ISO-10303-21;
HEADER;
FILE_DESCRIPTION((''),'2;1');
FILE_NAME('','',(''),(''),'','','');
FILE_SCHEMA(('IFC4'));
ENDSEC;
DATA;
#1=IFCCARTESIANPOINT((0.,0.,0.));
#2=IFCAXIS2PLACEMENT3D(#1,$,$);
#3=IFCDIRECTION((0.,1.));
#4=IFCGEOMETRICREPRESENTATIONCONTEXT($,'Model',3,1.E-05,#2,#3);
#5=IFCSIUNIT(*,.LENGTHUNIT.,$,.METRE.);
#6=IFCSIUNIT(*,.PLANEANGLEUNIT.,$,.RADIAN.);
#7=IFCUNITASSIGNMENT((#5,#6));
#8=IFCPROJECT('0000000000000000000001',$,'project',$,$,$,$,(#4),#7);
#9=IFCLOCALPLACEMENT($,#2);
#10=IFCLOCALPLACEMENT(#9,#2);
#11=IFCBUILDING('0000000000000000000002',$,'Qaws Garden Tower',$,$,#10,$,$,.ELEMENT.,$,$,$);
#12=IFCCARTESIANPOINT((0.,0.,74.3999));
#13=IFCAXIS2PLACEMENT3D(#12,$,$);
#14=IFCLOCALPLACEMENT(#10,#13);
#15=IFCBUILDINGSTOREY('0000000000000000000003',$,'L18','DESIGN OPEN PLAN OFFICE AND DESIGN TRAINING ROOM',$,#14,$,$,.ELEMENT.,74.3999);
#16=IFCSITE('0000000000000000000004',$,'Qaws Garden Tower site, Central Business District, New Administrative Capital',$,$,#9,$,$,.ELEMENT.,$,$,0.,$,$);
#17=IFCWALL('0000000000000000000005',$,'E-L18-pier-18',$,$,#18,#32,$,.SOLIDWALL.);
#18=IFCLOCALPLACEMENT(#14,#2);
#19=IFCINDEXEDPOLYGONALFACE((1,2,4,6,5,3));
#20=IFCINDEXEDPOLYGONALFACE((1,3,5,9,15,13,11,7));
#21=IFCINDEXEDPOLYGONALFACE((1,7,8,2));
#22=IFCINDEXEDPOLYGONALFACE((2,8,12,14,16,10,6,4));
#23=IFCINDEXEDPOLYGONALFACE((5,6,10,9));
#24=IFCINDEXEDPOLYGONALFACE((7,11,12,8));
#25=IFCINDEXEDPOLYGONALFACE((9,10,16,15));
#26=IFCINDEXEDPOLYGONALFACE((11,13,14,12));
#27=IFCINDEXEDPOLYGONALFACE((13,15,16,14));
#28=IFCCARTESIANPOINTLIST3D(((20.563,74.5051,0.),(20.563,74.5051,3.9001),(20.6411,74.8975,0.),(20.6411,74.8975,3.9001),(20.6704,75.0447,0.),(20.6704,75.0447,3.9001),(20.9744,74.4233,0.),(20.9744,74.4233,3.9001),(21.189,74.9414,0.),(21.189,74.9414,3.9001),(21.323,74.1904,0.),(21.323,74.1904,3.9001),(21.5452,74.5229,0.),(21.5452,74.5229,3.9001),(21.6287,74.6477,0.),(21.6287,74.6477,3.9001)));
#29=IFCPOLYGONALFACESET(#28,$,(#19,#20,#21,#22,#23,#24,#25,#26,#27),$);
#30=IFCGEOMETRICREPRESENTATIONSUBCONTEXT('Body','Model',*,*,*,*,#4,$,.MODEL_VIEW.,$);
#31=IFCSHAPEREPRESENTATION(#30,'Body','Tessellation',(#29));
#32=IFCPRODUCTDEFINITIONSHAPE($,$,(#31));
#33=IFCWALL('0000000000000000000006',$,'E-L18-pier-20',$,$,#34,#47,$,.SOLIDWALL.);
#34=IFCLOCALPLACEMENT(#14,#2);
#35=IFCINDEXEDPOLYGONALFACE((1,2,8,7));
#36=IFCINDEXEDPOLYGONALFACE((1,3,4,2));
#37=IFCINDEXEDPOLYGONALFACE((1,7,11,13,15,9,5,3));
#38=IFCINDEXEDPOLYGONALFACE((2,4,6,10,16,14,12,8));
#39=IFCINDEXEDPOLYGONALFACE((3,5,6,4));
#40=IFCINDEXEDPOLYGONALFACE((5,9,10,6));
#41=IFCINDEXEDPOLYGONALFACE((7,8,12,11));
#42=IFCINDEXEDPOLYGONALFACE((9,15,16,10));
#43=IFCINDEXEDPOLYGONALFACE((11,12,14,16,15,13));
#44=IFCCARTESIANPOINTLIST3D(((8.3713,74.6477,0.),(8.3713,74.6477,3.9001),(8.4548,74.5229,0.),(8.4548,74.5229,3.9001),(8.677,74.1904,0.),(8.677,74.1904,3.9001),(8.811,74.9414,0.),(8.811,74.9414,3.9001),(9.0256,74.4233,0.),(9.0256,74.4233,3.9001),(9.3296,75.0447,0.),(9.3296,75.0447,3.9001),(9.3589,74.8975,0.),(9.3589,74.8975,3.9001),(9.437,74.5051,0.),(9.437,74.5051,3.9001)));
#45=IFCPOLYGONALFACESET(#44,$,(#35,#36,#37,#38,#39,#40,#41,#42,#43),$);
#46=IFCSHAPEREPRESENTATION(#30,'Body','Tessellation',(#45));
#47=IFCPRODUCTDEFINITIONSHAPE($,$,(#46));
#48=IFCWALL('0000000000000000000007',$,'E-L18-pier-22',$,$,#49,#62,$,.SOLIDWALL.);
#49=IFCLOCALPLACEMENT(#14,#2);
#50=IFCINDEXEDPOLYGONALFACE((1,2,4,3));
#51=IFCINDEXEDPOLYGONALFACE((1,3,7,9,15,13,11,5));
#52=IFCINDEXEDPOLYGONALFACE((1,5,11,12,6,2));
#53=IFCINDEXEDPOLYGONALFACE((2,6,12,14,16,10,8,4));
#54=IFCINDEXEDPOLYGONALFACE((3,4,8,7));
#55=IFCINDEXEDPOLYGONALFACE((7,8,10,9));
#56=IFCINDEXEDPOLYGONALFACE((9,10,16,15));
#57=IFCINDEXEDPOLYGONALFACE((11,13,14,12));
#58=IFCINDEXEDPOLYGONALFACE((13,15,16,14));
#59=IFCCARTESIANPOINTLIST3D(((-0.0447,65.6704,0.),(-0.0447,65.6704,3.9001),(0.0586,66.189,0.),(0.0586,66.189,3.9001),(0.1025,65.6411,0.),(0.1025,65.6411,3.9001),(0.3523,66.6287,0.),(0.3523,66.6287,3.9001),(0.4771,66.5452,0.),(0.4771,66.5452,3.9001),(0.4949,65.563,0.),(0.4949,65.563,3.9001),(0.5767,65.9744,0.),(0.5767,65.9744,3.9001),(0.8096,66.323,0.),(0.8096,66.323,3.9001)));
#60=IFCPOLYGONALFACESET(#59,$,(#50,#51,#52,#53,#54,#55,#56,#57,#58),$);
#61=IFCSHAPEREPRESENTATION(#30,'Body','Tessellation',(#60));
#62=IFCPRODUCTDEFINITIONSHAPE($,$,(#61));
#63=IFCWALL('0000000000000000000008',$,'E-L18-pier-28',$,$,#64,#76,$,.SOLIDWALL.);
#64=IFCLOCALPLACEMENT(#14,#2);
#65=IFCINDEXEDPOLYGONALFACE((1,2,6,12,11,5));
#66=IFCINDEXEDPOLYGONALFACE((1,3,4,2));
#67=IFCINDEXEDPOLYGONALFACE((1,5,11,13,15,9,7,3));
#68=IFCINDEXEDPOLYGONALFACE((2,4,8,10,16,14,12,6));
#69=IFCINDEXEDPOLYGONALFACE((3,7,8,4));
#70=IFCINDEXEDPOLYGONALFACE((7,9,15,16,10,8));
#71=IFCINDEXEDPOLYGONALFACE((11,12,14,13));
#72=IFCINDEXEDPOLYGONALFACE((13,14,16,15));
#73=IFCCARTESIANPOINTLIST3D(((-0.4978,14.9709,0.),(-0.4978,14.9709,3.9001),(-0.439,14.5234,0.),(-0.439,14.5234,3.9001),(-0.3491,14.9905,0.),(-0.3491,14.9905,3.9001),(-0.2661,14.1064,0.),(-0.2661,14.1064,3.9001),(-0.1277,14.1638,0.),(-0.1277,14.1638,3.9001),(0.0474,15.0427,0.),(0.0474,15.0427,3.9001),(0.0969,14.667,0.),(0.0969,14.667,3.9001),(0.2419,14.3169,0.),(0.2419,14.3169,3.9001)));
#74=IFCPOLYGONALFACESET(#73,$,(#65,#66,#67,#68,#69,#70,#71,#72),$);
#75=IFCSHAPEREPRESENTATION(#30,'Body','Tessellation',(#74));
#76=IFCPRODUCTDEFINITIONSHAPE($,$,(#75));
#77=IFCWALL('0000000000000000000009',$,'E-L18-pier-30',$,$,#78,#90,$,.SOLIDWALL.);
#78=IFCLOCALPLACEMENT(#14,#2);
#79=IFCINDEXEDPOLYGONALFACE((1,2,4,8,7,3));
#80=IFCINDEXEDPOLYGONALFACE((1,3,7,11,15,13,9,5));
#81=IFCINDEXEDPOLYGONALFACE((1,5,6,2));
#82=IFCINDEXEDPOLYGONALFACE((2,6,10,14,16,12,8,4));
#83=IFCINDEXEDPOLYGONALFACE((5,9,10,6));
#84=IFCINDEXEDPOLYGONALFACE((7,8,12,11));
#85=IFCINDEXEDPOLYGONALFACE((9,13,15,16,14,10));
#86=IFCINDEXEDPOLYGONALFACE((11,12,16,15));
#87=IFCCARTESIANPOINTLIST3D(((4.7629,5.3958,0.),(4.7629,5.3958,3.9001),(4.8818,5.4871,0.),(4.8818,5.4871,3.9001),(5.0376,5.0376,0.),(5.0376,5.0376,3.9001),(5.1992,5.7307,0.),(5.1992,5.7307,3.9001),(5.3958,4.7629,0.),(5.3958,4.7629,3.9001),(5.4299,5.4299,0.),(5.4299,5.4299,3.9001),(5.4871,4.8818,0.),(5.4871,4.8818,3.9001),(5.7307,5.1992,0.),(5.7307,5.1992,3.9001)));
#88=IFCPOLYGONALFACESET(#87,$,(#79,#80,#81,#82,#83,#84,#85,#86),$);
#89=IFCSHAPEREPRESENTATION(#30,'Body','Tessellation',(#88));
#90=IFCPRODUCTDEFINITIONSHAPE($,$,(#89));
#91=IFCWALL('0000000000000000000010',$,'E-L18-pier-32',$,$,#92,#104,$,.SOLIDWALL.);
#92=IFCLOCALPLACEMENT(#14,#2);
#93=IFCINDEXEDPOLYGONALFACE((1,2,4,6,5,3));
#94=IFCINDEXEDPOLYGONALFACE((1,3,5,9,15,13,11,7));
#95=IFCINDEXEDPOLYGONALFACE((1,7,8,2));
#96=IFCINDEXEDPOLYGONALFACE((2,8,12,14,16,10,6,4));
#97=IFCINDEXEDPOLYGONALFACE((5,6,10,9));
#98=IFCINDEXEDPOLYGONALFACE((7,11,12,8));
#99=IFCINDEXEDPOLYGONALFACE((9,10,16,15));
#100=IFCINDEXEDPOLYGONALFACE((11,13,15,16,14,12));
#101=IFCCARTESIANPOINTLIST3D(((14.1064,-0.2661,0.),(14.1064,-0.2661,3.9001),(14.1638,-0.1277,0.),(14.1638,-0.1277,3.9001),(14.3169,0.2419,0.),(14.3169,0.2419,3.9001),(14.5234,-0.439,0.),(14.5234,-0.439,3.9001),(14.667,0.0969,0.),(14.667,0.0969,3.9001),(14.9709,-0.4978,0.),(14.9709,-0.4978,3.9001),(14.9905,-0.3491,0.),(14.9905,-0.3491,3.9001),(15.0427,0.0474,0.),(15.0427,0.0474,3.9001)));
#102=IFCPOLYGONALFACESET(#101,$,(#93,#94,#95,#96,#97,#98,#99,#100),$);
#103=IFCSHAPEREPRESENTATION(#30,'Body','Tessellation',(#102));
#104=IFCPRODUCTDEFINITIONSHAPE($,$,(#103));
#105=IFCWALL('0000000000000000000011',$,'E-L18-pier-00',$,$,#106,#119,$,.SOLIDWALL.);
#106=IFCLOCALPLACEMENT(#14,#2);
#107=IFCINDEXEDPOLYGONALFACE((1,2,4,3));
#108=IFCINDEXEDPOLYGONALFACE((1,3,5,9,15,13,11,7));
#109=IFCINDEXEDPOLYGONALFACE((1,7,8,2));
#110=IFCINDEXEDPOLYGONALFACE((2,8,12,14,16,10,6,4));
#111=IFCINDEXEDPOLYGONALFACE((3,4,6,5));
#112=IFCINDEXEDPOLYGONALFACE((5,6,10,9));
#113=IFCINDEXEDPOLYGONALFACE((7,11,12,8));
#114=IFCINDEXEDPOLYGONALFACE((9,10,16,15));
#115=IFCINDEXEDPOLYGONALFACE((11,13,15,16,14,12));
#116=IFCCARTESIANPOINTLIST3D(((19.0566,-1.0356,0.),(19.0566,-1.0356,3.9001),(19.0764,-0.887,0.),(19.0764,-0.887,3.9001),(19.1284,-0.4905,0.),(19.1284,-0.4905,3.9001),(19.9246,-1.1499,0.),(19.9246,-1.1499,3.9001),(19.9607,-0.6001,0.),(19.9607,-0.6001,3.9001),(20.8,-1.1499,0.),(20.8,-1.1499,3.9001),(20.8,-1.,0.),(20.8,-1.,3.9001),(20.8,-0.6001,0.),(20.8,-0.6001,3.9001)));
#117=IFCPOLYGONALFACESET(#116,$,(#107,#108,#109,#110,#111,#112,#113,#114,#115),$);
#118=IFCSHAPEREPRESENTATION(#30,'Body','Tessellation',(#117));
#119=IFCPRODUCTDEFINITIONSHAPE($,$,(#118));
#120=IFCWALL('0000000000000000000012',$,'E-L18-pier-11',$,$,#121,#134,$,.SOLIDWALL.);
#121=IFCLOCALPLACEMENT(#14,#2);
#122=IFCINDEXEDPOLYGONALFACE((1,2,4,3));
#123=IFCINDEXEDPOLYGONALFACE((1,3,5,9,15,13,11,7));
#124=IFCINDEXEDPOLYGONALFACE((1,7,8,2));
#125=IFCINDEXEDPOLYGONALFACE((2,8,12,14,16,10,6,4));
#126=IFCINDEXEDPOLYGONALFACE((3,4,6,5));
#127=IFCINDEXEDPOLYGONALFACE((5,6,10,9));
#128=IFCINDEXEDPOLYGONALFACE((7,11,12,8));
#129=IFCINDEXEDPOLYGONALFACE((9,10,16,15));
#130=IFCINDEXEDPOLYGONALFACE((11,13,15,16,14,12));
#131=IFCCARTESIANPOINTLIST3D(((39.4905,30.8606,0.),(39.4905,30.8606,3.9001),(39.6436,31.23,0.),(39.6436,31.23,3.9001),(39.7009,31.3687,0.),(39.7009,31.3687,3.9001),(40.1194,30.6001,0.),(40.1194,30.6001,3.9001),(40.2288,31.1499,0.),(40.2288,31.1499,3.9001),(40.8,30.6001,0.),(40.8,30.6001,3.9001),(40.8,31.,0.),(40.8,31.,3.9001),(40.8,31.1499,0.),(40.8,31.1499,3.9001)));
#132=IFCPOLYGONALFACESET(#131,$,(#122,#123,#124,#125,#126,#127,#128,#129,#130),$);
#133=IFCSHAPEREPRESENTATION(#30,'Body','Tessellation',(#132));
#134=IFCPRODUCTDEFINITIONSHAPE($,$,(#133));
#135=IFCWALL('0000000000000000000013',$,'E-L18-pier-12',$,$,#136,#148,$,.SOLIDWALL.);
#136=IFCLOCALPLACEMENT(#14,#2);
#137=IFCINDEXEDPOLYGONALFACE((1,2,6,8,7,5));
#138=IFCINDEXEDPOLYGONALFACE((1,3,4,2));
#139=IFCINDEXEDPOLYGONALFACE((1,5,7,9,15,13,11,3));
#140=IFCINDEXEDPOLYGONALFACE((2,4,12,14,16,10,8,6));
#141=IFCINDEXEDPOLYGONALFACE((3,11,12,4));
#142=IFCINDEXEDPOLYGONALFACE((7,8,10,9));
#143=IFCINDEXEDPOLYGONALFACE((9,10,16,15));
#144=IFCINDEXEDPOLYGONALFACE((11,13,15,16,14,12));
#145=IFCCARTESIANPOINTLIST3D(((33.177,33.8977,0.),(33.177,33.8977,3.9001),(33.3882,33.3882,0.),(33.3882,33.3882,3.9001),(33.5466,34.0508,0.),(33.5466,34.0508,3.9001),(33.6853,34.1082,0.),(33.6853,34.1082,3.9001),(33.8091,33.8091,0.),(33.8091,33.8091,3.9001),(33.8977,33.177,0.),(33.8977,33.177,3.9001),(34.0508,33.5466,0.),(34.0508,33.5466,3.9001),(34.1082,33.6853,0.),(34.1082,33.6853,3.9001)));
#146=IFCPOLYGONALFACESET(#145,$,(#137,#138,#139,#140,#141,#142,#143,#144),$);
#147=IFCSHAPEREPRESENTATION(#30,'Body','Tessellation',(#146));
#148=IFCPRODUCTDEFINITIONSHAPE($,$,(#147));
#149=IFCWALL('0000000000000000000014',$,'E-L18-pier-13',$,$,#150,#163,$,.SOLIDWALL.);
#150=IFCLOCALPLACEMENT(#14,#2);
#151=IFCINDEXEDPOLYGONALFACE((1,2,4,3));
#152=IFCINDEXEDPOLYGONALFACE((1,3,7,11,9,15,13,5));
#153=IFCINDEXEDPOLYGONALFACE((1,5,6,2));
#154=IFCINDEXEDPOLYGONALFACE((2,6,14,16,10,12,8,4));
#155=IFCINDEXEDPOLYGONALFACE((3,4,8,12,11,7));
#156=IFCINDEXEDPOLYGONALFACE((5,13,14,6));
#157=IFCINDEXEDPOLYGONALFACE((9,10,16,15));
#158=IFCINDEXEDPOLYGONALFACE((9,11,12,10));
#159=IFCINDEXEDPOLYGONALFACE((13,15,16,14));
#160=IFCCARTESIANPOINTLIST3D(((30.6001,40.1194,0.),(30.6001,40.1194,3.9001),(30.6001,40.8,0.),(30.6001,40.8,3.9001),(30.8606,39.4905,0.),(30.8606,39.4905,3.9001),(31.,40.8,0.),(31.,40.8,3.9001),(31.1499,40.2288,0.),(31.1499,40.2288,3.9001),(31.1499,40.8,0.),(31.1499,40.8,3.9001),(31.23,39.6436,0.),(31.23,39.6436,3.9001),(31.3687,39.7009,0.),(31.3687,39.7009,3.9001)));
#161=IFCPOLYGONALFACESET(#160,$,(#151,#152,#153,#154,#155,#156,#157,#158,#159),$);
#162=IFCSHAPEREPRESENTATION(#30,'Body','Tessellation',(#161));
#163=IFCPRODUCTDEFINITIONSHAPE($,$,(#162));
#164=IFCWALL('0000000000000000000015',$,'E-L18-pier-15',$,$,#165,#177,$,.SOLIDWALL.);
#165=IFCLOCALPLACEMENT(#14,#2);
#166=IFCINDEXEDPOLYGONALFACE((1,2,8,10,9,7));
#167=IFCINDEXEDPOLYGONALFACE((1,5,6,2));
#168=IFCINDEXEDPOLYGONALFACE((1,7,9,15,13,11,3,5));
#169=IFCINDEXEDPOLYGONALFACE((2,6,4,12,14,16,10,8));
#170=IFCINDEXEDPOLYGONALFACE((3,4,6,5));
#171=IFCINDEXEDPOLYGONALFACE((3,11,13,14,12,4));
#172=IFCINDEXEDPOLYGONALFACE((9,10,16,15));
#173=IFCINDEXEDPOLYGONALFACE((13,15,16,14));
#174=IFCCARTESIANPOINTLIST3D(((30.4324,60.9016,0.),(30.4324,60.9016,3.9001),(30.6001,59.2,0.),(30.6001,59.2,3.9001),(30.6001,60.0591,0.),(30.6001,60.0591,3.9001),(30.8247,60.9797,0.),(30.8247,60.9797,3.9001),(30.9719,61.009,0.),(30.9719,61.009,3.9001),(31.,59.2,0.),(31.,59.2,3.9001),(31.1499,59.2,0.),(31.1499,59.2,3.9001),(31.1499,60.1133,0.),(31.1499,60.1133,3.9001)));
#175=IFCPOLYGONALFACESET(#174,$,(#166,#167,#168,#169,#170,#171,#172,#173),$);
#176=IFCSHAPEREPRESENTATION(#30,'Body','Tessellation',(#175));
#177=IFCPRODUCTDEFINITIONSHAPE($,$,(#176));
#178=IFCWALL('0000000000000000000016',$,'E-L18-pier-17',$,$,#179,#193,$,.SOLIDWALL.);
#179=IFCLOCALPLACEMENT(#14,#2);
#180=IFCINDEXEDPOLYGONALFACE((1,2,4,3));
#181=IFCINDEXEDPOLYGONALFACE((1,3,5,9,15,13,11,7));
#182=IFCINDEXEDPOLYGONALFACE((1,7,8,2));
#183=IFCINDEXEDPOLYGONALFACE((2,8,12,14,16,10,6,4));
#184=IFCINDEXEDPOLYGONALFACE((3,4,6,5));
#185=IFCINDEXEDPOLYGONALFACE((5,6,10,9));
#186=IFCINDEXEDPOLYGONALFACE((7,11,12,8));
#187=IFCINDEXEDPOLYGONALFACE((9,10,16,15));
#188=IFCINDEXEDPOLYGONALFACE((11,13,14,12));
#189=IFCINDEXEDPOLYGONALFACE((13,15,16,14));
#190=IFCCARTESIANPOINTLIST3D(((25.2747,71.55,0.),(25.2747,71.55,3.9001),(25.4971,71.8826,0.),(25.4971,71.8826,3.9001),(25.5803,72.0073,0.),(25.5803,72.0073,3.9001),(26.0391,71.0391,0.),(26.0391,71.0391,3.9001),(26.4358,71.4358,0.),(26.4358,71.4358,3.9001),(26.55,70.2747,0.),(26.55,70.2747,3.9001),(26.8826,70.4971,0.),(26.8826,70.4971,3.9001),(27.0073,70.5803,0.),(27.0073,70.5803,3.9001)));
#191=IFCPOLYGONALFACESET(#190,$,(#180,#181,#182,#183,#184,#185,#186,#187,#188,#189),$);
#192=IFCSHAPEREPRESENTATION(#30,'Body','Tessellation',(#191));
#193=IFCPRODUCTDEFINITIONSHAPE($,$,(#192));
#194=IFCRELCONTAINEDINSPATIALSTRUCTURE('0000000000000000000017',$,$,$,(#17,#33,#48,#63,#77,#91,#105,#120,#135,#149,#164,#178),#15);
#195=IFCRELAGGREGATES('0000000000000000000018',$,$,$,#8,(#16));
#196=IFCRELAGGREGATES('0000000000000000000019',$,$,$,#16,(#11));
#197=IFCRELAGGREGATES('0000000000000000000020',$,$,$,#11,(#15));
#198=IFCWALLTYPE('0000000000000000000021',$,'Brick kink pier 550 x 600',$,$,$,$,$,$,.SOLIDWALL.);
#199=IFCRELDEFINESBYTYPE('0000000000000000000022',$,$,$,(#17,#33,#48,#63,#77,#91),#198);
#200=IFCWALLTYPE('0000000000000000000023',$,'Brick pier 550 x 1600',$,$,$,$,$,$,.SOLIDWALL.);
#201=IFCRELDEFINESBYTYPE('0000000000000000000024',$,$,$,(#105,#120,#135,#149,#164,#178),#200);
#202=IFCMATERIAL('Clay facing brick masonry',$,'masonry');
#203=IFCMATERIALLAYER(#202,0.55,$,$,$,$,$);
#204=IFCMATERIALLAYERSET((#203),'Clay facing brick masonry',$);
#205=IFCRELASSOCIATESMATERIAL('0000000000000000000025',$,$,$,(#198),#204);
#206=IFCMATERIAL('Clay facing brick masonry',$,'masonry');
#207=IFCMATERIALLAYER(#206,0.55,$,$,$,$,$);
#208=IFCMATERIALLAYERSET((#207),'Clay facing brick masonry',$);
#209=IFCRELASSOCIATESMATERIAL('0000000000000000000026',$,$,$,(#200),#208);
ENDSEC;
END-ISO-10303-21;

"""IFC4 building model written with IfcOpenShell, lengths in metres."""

from ifc_helpers import new_model, si_unit, direction, frame, origin, place, context, subcontext, project, spatial, polyline, outline, extrude, material, layer, layer_set, type_object, element, save


model = new_model("IFC4")

# Units and contexts
model_context = context("Model", 3, precision=1e-05, world=origin(), true_north=direction((0.0, 1.0)))
body_context = subcontext(model_context, "Body", "Model", "MODEL_VIEW")
ifc_project = project(units=[si_unit("LENGTHUNIT", "METRE"), si_unit("PLANEANGLEUNIT", "RADIAN")], contexts=[model_context])

# Site, building, storey
site_placement = place(None, origin())
site = spatial("IfcSite", under=ifc_project, at=site_placement, Name="Qaws Garden Tower site, Central Business District, New Administrative Capital", CompositionType="ELEMENT", RefElevation=0.0)
building_placement = place(site_placement, origin())
building = spatial("IfcBuilding", under=site, at=building_placement, Name="Qaws Garden Tower", CompositionType="ELEMENT")
storey_placement = place(building_placement, frame((0.0, 0.0, 74.3999)))
storey = spatial("IfcBuildingStorey", under=building, at=storey_placement, Name="L18", Description="DESIGN OPEN PLAN OFFICE AND DESIGN TRAINING ROOM", CompositionType="ELEMENT", Elevation=74.3999)

# Walls
placement = place(storey_placement, origin())
ifc_material_1 = material(Name="Clay facing brick masonry", Category="masonry")
ifc_layer_1 = layer(ifc_material_1, 0.55)
ifc_layer_set_1 = layer_set([ifc_layer_1], Name="Clay facing brick masonry")
wall_type_1 = type_object("IfcWallType", Name="Brick kink pier 550 x 600", PredefinedType="SOLIDWALL", material=ifc_layer_set_1)
element("IfcWall", 1, at=placement, inside=storey, type_object=wall_type_1, Name="E-L18-pier-18", PredefinedType="SOLIDWALL", context=body_context, shape_type="SweptSolid", body=[
    extrude(outline(polyline([(21.5452, 74.5229), (21.6287, 74.6477), (21.189, 74.9414), (20.6704, 75.0447), (20.6411, 74.8975), (20.563, 74.5051), (20.9744, 74.4233), (21.323, 74.1904), (21.5452, 74.5229)])), origin(), (0.0, 0.0, 1.0), 3.9001),
])
element("IfcWall", 2, at=placement, inside=storey, type_object=wall_type_1, Name="E-L18-pier-20", PredefinedType="SOLIDWALL", context=body_context, shape_type="SweptSolid", body=[
    extrude(outline(polyline([(9.3589, 74.8975), (9.3296, 75.0447), (8.811, 74.9414), (8.3713, 74.6477), (8.4548, 74.5229), (8.677, 74.1904), (9.0256, 74.4233), (9.437, 74.5051), (9.3589, 74.8975)])), origin(), (0.0, 0.0, 1.0), 3.9001),
])
element("IfcWall", 3, at=placement, inside=storey, type_object=wall_type_1, Name="E-L18-pier-22", PredefinedType="SOLIDWALL", context=body_context, shape_type="SweptSolid", body=[
    extrude(outline(polyline([(0.4771, 66.5452), (0.3523, 66.6287), (0.0586, 66.189), (-0.0447, 65.6704), (0.1025, 65.6411), (0.4949, 65.563), (0.5767, 65.9744), (0.8096, 66.323), (0.4771, 66.5452)])), origin(), (0.0, 0.0, 1.0), 3.9001),
])
element("IfcWall", 4, at=placement, inside=storey, type_object=wall_type_1, Name="E-L18-pier-28", PredefinedType="SOLIDWALL", context=body_context, shape_type="SweptSolid", body=[
    extrude(outline(polyline([(-0.3491, 14.9905), (-0.4978, 14.9709), (-0.439, 14.5234), (-0.2661, 14.1064), (-0.1277, 14.1638), (0.2419, 14.3169), (0.0969, 14.667), (0.0474, 15.0427), (-0.3491, 14.9905)])), origin(), (0.0, 0.0, 1.0), 3.9001),
])
element("IfcWall", 5, at=placement, inside=storey, type_object=wall_type_1, Name="E-L18-pier-30", PredefinedType="SOLIDWALL", context=body_context, shape_type="SweptSolid", body=[
    extrude(outline(polyline([(4.8818, 5.4871), (4.7629, 5.3958), (5.0376, 5.0376), (5.3958, 4.7629), (5.4871, 4.8818), (5.7307, 5.1992), (5.4299, 5.4299), (5.1992, 5.7307), (4.8818, 5.4871)])), origin(), (0.0, 0.0, 1.0), 3.9001),
])
element("IfcWall", 6, at=placement, inside=storey, type_object=wall_type_1, Name="E-L18-pier-32", PredefinedType="SOLIDWALL", context=body_context, shape_type="SweptSolid", body=[
    extrude(outline(polyline([(14.1638, -0.1277), (14.1064, -0.2661), (14.5234, -0.439), (14.9709, -0.4978), (14.9905, -0.3491), (15.0427, 0.0474), (14.667, 0.0969), (14.3169, 0.2419), (14.1638, -0.1277)])), origin(), (0.0, 0.0, 1.0), 3.9001),
])
ifc_material_2 = material(Name="Clay facing brick masonry", Category="masonry")
ifc_layer_2 = layer(ifc_material_2, 0.55)
ifc_layer_set_2 = layer_set([ifc_layer_2], Name="Clay facing brick masonry")
wall_type_2 = type_object("IfcWallType", Name="Brick pier 550 x 1600", PredefinedType="SOLIDWALL", material=ifc_layer_set_2)
element("IfcWall", 7, at=placement, inside=storey, type_object=wall_type_2, Name="E-L18-pier-00", PredefinedType="SOLIDWALL", context=body_context, shape_type="SweptSolid", body=[
    extrude(outline(polyline([(19.0764, -0.887), (19.0566, -1.0356), (19.9246, -1.1499), (20.8, -1.1499), (20.8, -1.0), (20.8, -0.6001), (19.9607, -0.6001), (19.1284, -0.4905), (19.0764, -0.887)])), origin(), (0.0, 0.0, 1.0), 3.9001),
])
element("IfcWall", 8, at=placement, inside=storey, type_object=wall_type_2, Name="E-L18-pier-11", PredefinedType="SOLIDWALL", context=body_context, shape_type="SweptSolid", body=[
    extrude(outline(polyline([(40.8, 31.0), (40.8, 31.1499), (40.2288, 31.1499), (39.7009, 31.3687), (39.6436, 31.23), (39.4905, 30.8606), (40.1194, 30.6001), (40.8, 30.6001), (40.8, 31.0)])), origin(), (0.0, 0.0, 1.0), 3.9001),
])
element("IfcWall", 9, at=placement, inside=storey, type_object=wall_type_2, Name="E-L18-pier-12", PredefinedType="SOLIDWALL", context=body_context, shape_type="SweptSolid", body=[
    extrude(outline(polyline([(34.0508, 33.5466), (34.1082, 33.6853), (33.8091, 33.8091), (33.6853, 34.1082), (33.5466, 34.0508), (33.177, 33.8977), (33.3882, 33.3882), (33.8977, 33.177), (34.0508, 33.5466)])), origin(), (0.0, 0.0, 1.0), 3.9001),
])
element("IfcWall", 10, at=placement, inside=storey, type_object=wall_type_2, Name="E-L18-pier-13", PredefinedType="SOLIDWALL", context=body_context, shape_type="SweptSolid", body=[
    extrude(outline(polyline([(31.23, 39.6436), (31.3687, 39.7009), (31.1499, 40.2288), (31.1499, 40.8), (31.0, 40.8), (30.6001, 40.8), (30.6001, 40.1194), (30.8606, 39.4905), (31.23, 39.6436)])), origin(), (0.0, 0.0, 1.0), 3.9001),
])
element("IfcWall", 11, at=placement, inside=storey, type_object=wall_type_2, Name="E-L18-pier-15", PredefinedType="SOLIDWALL", context=body_context, shape_type="SweptSolid", body=[
    extrude(outline(polyline([(31.0, 59.2), (31.1499, 59.2), (31.1499, 60.1133), (30.9719, 61.009), (30.8247, 60.9797), (30.4324, 60.9016), (30.6001, 60.0591), (30.6001, 59.2), (31.0, 59.2)])), origin(), (0.0, 0.0, 1.0), 3.9001),
])
element("IfcWall", 12, at=placement, inside=storey, type_object=wall_type_2, Name="E-L18-pier-17", PredefinedType="SOLIDWALL", context=body_context, shape_type="SweptSolid", body=[
    extrude(outline(polyline([(26.8826, 70.4971), (27.0073, 70.5803), (26.4358, 71.4358), (25.5803, 72.0073), (25.4971, 71.8826), (25.2747, 71.55), (26.0391, 71.0391), (26.55, 70.2747), (26.8826, 70.4971)])), origin(), (0.0, 0.0, 1.0), 3.9001),
])

save(model, "model.ifc")
